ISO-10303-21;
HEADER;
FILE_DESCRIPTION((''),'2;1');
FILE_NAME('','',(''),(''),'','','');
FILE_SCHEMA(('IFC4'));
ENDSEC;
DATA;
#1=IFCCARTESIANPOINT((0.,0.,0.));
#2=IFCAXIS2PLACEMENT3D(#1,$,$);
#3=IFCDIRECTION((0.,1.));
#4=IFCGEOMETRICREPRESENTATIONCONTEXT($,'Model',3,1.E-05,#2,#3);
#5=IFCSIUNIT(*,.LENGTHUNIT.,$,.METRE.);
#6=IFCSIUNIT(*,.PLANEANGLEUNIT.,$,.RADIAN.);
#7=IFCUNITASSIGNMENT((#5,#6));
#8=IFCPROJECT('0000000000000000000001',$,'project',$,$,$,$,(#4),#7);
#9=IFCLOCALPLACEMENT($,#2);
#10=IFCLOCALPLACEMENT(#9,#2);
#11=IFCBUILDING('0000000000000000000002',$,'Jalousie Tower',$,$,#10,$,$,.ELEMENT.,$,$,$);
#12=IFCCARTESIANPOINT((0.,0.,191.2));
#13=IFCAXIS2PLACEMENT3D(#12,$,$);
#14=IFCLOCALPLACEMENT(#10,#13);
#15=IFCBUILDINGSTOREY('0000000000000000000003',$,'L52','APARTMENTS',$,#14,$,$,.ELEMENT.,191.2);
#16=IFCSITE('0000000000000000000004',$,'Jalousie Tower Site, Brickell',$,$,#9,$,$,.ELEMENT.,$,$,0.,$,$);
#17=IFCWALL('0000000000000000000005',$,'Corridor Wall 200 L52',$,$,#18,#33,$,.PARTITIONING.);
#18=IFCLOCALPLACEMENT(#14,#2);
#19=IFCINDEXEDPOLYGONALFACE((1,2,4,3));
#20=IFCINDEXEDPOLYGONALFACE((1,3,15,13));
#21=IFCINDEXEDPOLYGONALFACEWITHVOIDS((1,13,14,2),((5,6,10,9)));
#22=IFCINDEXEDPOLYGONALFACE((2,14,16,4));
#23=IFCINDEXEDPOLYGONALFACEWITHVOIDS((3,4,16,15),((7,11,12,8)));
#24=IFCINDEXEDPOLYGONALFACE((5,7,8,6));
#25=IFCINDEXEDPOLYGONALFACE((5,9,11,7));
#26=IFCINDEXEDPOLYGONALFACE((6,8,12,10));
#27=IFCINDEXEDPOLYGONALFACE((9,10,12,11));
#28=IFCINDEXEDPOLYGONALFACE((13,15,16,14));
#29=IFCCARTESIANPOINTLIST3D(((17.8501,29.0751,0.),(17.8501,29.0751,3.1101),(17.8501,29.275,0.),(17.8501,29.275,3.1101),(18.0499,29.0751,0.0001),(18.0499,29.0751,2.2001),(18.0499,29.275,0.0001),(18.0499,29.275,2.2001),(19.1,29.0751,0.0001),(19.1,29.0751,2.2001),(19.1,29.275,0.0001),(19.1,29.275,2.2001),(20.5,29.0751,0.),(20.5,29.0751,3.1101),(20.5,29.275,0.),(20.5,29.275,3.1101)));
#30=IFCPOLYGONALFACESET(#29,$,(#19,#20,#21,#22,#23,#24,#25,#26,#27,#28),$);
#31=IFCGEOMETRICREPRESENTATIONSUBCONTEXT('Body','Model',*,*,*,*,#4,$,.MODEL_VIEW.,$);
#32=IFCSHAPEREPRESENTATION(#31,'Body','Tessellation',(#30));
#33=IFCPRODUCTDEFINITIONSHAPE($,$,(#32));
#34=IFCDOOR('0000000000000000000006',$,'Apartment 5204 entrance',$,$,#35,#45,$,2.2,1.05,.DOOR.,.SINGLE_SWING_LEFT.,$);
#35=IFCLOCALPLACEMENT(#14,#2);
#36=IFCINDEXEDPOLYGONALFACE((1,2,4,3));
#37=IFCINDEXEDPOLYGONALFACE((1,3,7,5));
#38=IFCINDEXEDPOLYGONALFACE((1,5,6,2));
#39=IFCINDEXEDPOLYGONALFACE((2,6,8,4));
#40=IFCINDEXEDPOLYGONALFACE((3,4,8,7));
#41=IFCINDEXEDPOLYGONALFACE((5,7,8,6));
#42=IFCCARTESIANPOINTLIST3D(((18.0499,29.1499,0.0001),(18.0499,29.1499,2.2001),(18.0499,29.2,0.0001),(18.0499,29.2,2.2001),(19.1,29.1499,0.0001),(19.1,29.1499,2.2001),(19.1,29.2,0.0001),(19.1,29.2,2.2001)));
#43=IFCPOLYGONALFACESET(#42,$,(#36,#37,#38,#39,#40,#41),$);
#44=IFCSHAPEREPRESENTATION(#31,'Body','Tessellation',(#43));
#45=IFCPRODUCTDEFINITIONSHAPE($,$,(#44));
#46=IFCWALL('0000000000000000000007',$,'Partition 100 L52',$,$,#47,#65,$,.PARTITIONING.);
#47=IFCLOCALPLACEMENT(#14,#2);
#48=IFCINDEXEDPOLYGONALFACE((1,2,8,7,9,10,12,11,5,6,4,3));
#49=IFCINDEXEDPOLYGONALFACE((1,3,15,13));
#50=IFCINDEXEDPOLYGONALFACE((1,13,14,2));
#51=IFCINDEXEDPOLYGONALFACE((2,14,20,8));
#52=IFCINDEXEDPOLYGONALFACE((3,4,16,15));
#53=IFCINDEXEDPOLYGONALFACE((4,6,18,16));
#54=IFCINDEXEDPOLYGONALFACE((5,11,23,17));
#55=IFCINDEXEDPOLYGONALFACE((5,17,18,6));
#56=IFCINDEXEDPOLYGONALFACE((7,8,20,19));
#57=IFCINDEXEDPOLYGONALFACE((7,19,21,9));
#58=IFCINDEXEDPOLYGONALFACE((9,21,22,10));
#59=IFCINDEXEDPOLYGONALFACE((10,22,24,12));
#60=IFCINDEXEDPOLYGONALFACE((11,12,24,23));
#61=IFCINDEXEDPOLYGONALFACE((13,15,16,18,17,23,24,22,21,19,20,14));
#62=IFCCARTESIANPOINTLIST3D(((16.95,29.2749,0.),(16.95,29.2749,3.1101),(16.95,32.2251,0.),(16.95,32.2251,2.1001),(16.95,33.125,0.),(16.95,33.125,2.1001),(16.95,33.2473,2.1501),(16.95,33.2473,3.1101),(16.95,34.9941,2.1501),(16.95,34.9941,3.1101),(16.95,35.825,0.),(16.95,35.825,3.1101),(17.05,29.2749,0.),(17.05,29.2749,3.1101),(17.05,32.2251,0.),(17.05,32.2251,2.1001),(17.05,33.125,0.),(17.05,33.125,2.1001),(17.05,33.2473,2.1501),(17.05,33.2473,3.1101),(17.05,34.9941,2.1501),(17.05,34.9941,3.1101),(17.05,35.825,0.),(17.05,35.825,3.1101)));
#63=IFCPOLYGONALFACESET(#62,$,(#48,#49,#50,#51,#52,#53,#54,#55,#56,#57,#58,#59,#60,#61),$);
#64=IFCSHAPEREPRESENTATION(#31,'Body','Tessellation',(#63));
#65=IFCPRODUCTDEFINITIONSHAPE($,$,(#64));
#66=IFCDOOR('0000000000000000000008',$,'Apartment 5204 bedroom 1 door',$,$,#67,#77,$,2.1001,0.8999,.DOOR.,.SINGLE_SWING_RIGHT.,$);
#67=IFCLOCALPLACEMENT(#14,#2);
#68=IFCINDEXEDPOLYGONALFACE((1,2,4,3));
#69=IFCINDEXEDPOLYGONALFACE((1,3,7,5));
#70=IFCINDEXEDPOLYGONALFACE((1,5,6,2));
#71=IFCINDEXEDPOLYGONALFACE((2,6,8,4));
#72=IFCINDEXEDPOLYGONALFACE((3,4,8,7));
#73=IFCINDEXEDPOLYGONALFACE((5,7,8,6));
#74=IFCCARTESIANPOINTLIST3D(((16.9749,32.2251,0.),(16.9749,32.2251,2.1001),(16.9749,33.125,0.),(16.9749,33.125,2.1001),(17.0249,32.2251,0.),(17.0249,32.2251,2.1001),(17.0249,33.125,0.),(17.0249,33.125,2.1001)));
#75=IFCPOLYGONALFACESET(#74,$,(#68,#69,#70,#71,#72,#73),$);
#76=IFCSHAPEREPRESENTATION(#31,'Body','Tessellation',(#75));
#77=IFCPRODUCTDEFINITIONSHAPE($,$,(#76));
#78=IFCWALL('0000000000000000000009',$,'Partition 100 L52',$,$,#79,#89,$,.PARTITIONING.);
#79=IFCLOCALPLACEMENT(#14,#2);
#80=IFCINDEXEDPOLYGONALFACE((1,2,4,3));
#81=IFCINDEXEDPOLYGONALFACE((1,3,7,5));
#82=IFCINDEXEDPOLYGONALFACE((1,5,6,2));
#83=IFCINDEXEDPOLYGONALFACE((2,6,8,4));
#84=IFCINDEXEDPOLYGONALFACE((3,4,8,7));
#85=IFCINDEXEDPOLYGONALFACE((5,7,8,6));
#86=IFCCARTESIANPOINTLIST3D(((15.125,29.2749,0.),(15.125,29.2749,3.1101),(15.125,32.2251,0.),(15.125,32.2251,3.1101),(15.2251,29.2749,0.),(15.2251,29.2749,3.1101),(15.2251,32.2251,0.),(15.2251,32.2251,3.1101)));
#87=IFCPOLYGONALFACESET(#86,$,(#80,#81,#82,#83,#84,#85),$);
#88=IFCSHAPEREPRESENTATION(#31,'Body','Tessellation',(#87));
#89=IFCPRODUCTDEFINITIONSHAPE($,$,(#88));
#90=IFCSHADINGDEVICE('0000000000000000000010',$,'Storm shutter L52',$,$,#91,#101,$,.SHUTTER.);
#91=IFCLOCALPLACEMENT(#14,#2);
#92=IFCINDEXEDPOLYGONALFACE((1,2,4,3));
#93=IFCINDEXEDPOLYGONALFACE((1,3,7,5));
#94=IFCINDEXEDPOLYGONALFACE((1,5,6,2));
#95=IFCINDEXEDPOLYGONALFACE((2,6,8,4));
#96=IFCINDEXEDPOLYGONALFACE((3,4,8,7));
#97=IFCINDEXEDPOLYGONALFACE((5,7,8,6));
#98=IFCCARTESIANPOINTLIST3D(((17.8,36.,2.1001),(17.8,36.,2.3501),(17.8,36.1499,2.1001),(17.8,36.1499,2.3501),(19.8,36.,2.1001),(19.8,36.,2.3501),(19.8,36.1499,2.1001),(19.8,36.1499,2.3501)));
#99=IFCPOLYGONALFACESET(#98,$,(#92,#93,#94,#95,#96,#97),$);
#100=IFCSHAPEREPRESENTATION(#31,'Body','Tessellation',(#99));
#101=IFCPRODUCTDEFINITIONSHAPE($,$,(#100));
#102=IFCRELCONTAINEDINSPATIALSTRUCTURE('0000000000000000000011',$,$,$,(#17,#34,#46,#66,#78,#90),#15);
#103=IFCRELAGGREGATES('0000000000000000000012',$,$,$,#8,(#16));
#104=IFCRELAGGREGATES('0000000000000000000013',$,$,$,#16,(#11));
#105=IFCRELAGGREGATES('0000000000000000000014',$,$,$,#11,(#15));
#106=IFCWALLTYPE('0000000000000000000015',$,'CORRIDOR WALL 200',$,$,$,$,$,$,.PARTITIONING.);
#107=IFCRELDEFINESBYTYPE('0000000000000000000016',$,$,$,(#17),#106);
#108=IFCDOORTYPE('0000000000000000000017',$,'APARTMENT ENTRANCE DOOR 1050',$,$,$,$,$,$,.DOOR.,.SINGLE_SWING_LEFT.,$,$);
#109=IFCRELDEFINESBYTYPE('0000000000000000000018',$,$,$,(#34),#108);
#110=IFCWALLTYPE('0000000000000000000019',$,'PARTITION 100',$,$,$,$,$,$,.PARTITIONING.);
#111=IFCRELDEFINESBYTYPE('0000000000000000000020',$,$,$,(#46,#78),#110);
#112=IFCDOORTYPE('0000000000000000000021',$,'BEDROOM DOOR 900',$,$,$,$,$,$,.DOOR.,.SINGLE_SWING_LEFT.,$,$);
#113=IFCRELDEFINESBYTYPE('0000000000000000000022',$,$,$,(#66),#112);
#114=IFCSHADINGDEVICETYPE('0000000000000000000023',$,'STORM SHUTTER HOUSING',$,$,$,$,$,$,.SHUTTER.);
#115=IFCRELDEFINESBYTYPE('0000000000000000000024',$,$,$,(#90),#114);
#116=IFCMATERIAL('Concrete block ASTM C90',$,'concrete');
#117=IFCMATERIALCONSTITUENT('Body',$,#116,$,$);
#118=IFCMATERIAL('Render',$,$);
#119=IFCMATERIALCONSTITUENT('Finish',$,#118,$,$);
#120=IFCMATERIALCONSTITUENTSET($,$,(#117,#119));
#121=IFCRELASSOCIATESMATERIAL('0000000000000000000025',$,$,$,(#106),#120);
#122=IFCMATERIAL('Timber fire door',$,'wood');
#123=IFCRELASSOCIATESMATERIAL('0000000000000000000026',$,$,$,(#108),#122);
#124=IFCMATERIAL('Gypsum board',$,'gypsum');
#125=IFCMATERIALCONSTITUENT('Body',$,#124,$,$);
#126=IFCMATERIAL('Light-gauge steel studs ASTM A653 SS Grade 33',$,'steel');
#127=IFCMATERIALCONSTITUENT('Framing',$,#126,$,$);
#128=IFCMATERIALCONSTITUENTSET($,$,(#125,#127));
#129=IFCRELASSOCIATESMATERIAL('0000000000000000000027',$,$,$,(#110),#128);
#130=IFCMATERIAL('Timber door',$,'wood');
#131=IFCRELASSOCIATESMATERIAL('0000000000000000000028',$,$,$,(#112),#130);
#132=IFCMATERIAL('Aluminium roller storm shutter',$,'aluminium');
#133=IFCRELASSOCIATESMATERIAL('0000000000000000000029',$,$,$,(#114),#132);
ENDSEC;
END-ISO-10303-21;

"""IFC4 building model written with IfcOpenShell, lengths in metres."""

from ifc_helpers import new_model, si_unit, direction, frame, frame_2d, origin, origin_2d, place, context, subcontext, project, spatial, polyline, rectangle, outline, extrude, material, constituent, constituent_set, type_object, element, fill, save


model = new_model("IFC4")

# Units and contexts
model_context = context("Model", 3, precision=1e-05, world=origin(), true_north=direction((0.0, 1.0)))
body_context = subcontext(model_context, "Body", "Model", "MODEL_VIEW")
ifc_project = project(units=[si_unit("LENGTHUNIT", "METRE"), si_unit("PLANEANGLEUNIT", "RADIAN")], contexts=[model_context])

# Site, building, storey
site_placement = place(None, origin())
site = spatial("IfcSite", under=ifc_project, at=site_placement, Name="Jalousie Tower Site, Brickell", CompositionType="ELEMENT", RefElevation=0.0)
building_placement = place(site_placement, origin())
building = spatial("IfcBuilding", under=site, at=building_placement, Name="Jalousie Tower", CompositionType="ELEMENT")
storey_placement = place(building_placement, frame((0.0, 0.0, 191.2)))
storey = spatial("IfcBuildingStorey", under=building, at=storey_placement, Name="L52", Description="APARTMENTS", CompositionType="ELEMENT", Elevation=191.2)

# Walls, openings, doors
ifc_material_1 = material(Name="Concrete block ASTM C90", Category="concrete")
ifc_constituent_1 = constituent(ifc_material_1, Name="Body")
ifc_material_2 = material(Name="Render")
ifc_constituent_2 = constituent(ifc_material_2, Name="Finish")
ifc_constituent_set_1 = constituent_set(constituents=[ifc_constituent_1, ifc_constituent_2])
wall_type_1 = type_object("IfcWallType", Name="CORRIDOR WALL 200", PredefinedType="PARTITIONING", material=ifc_constituent_set_1)
wall_1_placement = place(storey_placement, frame((17.8501, 29.175, 0.0), z_axis=(0.0, 0.0, 1.0), x_axis=(1.0, 0.0, 0.0)))
wall_1 = element("IfcWall", 1, at=wall_1_placement, inside=storey, type_object=wall_type_1, Name="Corridor Wall 200 L52", PredefinedType="PARTITIONING", context=body_context, shape_type="SweptSolid", body=[
    extrude(rectangle(XDim=2.6499, YDim=0.2, at=frame_2d((1.325, 0.0))), origin(), (0.0, 0.0, 1.0), 3.1101),
])
opening_1_placement = place(wall_1_placement, frame((0.2, 0.0, 0.0)))
opening_1 = element("IfcOpeningElement", 2, at=opening_1_placement, cuts=wall_1, PredefinedType="OPENING", context=body_context, shape_type="SweptSolid", body=[
    extrude(rectangle(XDim=1.05, YDim=2.2, at=frame_2d((0.5249, 1.1001))), frame((0.0, 0.1099, 0.0), z_axis=(0.0, -1.0, 0.0), x_axis=(1.0, 0.0, 0.0)), (0.0, 0.0, 1.0), 0.22),
])
ifc_material_3 = material(Name="Timber fire door", Category="wood")
door_type_1 = type_object("IfcDoorType", Name="APARTMENT ENTRANCE DOOR 1050", OperationType="SINGLE_SWING_LEFT", PredefinedType="DOOR", material=ifc_material_3)
door_1_placement = place(opening_1_placement, origin())
door_1 = element("IfcDoor", 3, at=door_1_placement, inside=storey, type_object=door_type_1, Name="Apartment 5204 entrance", OperationType="SINGLE_SWING_LEFT", OverallHeight=2.2, OverallWidth=1.05, PredefinedType="DOOR", context=body_context, shape_type="SweptSolid", body=[
    extrude(rectangle(XDim=1.05, YDim=2.2, at=frame_2d((0.5249, 1.1001))), frame((0.0, 0.0249, 0.0), z_axis=(0.0, -1.0, 0.0), x_axis=(1.0, 0.0, 0.0)), (0.0, 0.0, 1.0), 0.05),
])
fill(opening_1, door_1)
ifc_material_4 = material(Name="Gypsum board", Category="gypsum")
ifc_constituent_3 = constituent(ifc_material_4, Name="Body")
ifc_material_5 = material(Name="Light-gauge steel studs ASTM A653 SS Grade 33", Category="steel")
ifc_constituent_4 = constituent(ifc_material_5, Name="Framing")
ifc_constituent_set_2 = constituent_set(constituents=[ifc_constituent_3, ifc_constituent_4])
wall_type_2 = type_object("IfcWallType", Name="PARTITION 100", PredefinedType="PARTITIONING", material=ifc_constituent_set_2)
wall_2_placement = place(storey_placement, frame((17.0, 35.825, 0.0), z_axis=(0.0, 0.0, 1.0), x_axis=(0.0, -1.0, 0.0)))
wall_2 = element("IfcWall", 4, at=wall_2_placement, inside=storey, type_object=wall_type_2, Name="Partition 100 L52", PredefinedType="PARTITIONING", context=body_context, shape_type="SweptSolid", body=[
    extrude(outline(polyline([(0.0, 0.0), (6.55, 0.0), (6.55, 3.1101), (2.5776, 3.1101), (2.5776, 2.1501), (0.8308, 2.1501), (0.8308, 3.1101), (0.0, 3.1101), (0.0, 0.0)])), frame((0.0, 0.05, 0.0), z_axis=(0.0, -1.0, 0.0), x_axis=(1.0, 0.0, 0.0)), (0.0, 0.0, 1.0), 0.1001),
])
opening_2_placement = place(wall_2_placement, frame((2.7, 0.0, 0.0)))
opening_2 = element("IfcOpeningElement", 5, at=opening_2_placement, cuts=wall_2, PredefinedType="OPENING", context=body_context, shape_type="SweptSolid", body=[
    extrude(rectangle(XDim=0.8999, YDim=2.1001, at=frame_2d((0.45, 1.05))), frame((0.0, 0.0601, 0.0), z_axis=(0.0, -1.0, 0.0), x_axis=(1.0, 0.0, 0.0)), (0.0, 0.0, 1.0), 0.1201),
])
ifc_material_6 = material(Name="Timber door", Category="wood")
door_type_2 = type_object("IfcDoorType", Name="BEDROOM DOOR 900", OperationType="SINGLE_SWING_LEFT", PredefinedType="DOOR", material=ifc_material_6)
door_2_placement = place(opening_2_placement, origin())
door_2 = element("IfcDoor", 6, at=door_2_placement, inside=storey, type_object=door_type_2, Name="Apartment 5204 bedroom 1 door", OperationType="SINGLE_SWING_RIGHT", OverallHeight=2.1001, OverallWidth=0.8999, PredefinedType="DOOR", context=body_context, shape_type="SweptSolid", body=[
    extrude(rectangle(XDim=0.8999, YDim=2.1001, at=frame_2d((0.45, 1.05))), frame((0.0, 0.0249, 0.0), z_axis=(0.0, -1.0, 0.0), x_axis=(1.0, 0.0, 0.0)), (0.0, 0.0, 1.0), 0.05),
])
fill(opening_2, door_2)

# Wall
wall_3_placement = place(storey_placement, frame((15.175, 32.2251, 0.0), z_axis=(0.0, 0.0, 1.0), x_axis=(0.0, -1.0, 0.0)))
element("IfcWall", 7, at=wall_3_placement, inside=storey, type_object=wall_type_2, Name="Partition 100 L52", PredefinedType="PARTITIONING", context=body_context, shape_type="SweptSolid", body=[
    extrude(rectangle(XDim=2.9502, YDim=0.1001, at=frame_2d((1.4751, 0.0))), origin(), (0.0, 0.0, 1.0), 3.1101),
])

# Shading device
ifc_material_7 = material(Name="Aluminium roller storm shutter", Category="aluminium")
shading_device_type = type_object("IfcShadingDeviceType", Name="STORM SHUTTER HOUSING", PredefinedType="SHUTTER", material=ifc_material_7)
shading_device_placement = place(storey_placement, frame((18.8, 36.075, 2.1001), z_axis=(0.0, 0.0, 1.0), x_axis=(-1.0, 0.0, 0.0)))
element("IfcShadingDevice", 8, at=shading_device_placement, inside=storey, type_object=shading_device_type, Name="Storm shutter L52", PredefinedType="SHUTTER", context=body_context, shape_type="SweptSolid", body=[
    extrude(rectangle(XDim=2.0, YDim=0.1499, at=origin_2d()), origin(), (0.0, 0.0, 1.0), 0.25),
])

save(model, "model.ifc")
